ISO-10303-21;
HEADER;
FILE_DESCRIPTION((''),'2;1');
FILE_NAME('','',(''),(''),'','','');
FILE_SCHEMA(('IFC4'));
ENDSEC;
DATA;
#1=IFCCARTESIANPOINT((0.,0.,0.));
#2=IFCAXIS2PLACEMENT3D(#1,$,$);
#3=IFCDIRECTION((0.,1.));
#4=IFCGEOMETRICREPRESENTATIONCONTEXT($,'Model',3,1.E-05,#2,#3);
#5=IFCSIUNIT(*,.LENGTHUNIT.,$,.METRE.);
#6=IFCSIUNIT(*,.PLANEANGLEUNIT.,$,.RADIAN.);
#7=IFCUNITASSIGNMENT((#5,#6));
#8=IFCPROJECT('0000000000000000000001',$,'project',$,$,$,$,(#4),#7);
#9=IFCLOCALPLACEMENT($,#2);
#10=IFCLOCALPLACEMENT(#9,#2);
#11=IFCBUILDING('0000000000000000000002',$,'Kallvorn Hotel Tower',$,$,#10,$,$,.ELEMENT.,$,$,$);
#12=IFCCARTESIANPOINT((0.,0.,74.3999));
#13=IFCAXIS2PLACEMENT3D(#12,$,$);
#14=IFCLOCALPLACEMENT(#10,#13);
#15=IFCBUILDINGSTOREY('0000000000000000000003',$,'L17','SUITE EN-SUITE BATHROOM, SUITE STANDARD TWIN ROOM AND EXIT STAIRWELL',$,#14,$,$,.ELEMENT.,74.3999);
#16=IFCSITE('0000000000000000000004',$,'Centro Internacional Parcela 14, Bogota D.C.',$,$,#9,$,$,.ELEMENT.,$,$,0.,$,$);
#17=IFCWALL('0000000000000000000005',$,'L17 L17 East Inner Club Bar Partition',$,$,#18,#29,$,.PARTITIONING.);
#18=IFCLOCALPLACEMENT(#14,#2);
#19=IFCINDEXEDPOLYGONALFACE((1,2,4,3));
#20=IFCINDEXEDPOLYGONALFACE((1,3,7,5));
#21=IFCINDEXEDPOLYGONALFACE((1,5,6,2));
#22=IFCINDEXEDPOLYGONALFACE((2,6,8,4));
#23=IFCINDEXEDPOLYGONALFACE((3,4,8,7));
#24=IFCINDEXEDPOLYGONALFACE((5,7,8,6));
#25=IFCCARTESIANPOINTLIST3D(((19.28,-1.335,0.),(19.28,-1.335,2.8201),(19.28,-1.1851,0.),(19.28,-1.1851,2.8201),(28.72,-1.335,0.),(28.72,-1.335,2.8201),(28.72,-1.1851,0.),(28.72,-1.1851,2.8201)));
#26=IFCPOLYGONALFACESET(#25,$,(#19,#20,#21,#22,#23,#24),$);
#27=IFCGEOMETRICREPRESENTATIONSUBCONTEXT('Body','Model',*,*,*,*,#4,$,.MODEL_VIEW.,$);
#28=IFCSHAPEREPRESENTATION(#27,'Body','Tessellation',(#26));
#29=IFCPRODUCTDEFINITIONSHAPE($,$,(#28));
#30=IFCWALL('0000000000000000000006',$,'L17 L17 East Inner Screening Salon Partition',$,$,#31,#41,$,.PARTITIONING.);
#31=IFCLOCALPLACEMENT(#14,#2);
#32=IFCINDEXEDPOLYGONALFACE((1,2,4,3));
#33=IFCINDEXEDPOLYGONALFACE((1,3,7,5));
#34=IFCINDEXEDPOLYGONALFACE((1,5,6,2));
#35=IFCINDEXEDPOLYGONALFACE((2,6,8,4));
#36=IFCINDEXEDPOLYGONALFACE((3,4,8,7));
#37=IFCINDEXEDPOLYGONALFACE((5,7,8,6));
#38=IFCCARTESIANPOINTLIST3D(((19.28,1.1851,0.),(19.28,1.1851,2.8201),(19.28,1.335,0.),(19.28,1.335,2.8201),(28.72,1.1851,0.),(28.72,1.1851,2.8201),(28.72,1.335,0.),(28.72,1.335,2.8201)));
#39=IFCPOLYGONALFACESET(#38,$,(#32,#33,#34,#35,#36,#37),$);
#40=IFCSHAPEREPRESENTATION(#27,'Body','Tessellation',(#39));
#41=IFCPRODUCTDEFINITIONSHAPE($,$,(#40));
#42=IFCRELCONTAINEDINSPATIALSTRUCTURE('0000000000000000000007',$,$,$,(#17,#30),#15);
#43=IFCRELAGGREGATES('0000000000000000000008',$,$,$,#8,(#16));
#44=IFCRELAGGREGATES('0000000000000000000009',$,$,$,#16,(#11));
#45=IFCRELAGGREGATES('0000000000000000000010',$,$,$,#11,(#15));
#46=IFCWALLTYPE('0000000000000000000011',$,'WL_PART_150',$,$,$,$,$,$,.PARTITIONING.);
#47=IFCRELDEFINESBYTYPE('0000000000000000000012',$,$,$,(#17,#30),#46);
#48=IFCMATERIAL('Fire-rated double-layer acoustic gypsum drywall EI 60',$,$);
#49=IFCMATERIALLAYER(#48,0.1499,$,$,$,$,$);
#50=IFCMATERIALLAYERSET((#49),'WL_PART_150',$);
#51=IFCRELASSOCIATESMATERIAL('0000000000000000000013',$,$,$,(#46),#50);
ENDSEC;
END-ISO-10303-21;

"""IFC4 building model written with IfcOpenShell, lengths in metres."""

from ifc_helpers import new_model, si_unit, direction, frame, frame_2d, origin, place, context, subcontext, project, spatial, rectangle, extrude, material, layer, layer_set, type_object, element, save


model = new_model("IFC4")

# Units and contexts
model_context = context("Model", 3, precision=1e-05, world=origin(), true_north=direction((0.0, 1.0)))
body_context = subcontext(model_context, "Body", "Model", "MODEL_VIEW")
ifc_project = project(units=[si_unit("LENGTHUNIT", "METRE"), si_unit("PLANEANGLEUNIT", "RADIAN")], contexts=[model_context])

# Site, building, storey
site_placement = place(None, origin())
site = spatial("IfcSite", under=ifc_project, at=site_placement, Name="Centro Internacional Parcela 14, Bogota D.C.", CompositionType="ELEMENT", RefElevation=0.0)
building_placement = place(site_placement, origin())
building = spatial("IfcBuilding", under=site, at=building_placement, Name="Kallvorn Hotel Tower", CompositionType="ELEMENT")
storey_placement = place(building_placement, frame((0.0, 0.0, 74.3999)))
storey = spatial("IfcBuildingStorey", under=building, at=storey_placement, Name="L17", Description="SUITE EN-SUITE BATHROOM, SUITE STANDARD TWIN ROOM AND EXIT STAIRWELL", CompositionType="ELEMENT", Elevation=74.3999)

# Walls
ifc_material_1 = material(Name="Fire-rated double-layer acoustic gypsum drywall EI 60")
ifc_layer_1 = layer(ifc_material_1, 0.1499)
ifc_layer_set_1 = layer_set([ifc_layer_1], Name="WL_PART_150")
wall_type_1 = type_object("IfcWallType", Name="WL_PART_150", PredefinedType="PARTITIONING", material=ifc_layer_set_1)
for number, where, z_axis, x_axis, name in (
    (1, (19.28, -1.26, 0.0), (0.0, 0.0, 1.0), (1.0, 0.0, 0.0), "L17 L17 East Inner Club Bar Partition"),
    (2, (19.28, 1.26, 0.0), (0.0, 0.0, 1.0), (1.0, 0.0, 0.0), "L17 L17 East Inner Screening Salon Partition"),
):
    element("IfcWall", number, at=place(storey_placement, frame(where, z_axis=z_axis, x_axis=x_axis)), inside=storey, type_object=wall_type_1, Name=name, PredefinedType="PARTITIONING", context=body_context, shape_type="SweptSolid", body=[
        extrude(rectangle(XDim=9.4399, YDim=0.1499, at=frame_2d((4.72, 0.0))), origin(), (0.0, 0.0, 1.0), 2.8201),
    ])

save(model, "model.ifc")
